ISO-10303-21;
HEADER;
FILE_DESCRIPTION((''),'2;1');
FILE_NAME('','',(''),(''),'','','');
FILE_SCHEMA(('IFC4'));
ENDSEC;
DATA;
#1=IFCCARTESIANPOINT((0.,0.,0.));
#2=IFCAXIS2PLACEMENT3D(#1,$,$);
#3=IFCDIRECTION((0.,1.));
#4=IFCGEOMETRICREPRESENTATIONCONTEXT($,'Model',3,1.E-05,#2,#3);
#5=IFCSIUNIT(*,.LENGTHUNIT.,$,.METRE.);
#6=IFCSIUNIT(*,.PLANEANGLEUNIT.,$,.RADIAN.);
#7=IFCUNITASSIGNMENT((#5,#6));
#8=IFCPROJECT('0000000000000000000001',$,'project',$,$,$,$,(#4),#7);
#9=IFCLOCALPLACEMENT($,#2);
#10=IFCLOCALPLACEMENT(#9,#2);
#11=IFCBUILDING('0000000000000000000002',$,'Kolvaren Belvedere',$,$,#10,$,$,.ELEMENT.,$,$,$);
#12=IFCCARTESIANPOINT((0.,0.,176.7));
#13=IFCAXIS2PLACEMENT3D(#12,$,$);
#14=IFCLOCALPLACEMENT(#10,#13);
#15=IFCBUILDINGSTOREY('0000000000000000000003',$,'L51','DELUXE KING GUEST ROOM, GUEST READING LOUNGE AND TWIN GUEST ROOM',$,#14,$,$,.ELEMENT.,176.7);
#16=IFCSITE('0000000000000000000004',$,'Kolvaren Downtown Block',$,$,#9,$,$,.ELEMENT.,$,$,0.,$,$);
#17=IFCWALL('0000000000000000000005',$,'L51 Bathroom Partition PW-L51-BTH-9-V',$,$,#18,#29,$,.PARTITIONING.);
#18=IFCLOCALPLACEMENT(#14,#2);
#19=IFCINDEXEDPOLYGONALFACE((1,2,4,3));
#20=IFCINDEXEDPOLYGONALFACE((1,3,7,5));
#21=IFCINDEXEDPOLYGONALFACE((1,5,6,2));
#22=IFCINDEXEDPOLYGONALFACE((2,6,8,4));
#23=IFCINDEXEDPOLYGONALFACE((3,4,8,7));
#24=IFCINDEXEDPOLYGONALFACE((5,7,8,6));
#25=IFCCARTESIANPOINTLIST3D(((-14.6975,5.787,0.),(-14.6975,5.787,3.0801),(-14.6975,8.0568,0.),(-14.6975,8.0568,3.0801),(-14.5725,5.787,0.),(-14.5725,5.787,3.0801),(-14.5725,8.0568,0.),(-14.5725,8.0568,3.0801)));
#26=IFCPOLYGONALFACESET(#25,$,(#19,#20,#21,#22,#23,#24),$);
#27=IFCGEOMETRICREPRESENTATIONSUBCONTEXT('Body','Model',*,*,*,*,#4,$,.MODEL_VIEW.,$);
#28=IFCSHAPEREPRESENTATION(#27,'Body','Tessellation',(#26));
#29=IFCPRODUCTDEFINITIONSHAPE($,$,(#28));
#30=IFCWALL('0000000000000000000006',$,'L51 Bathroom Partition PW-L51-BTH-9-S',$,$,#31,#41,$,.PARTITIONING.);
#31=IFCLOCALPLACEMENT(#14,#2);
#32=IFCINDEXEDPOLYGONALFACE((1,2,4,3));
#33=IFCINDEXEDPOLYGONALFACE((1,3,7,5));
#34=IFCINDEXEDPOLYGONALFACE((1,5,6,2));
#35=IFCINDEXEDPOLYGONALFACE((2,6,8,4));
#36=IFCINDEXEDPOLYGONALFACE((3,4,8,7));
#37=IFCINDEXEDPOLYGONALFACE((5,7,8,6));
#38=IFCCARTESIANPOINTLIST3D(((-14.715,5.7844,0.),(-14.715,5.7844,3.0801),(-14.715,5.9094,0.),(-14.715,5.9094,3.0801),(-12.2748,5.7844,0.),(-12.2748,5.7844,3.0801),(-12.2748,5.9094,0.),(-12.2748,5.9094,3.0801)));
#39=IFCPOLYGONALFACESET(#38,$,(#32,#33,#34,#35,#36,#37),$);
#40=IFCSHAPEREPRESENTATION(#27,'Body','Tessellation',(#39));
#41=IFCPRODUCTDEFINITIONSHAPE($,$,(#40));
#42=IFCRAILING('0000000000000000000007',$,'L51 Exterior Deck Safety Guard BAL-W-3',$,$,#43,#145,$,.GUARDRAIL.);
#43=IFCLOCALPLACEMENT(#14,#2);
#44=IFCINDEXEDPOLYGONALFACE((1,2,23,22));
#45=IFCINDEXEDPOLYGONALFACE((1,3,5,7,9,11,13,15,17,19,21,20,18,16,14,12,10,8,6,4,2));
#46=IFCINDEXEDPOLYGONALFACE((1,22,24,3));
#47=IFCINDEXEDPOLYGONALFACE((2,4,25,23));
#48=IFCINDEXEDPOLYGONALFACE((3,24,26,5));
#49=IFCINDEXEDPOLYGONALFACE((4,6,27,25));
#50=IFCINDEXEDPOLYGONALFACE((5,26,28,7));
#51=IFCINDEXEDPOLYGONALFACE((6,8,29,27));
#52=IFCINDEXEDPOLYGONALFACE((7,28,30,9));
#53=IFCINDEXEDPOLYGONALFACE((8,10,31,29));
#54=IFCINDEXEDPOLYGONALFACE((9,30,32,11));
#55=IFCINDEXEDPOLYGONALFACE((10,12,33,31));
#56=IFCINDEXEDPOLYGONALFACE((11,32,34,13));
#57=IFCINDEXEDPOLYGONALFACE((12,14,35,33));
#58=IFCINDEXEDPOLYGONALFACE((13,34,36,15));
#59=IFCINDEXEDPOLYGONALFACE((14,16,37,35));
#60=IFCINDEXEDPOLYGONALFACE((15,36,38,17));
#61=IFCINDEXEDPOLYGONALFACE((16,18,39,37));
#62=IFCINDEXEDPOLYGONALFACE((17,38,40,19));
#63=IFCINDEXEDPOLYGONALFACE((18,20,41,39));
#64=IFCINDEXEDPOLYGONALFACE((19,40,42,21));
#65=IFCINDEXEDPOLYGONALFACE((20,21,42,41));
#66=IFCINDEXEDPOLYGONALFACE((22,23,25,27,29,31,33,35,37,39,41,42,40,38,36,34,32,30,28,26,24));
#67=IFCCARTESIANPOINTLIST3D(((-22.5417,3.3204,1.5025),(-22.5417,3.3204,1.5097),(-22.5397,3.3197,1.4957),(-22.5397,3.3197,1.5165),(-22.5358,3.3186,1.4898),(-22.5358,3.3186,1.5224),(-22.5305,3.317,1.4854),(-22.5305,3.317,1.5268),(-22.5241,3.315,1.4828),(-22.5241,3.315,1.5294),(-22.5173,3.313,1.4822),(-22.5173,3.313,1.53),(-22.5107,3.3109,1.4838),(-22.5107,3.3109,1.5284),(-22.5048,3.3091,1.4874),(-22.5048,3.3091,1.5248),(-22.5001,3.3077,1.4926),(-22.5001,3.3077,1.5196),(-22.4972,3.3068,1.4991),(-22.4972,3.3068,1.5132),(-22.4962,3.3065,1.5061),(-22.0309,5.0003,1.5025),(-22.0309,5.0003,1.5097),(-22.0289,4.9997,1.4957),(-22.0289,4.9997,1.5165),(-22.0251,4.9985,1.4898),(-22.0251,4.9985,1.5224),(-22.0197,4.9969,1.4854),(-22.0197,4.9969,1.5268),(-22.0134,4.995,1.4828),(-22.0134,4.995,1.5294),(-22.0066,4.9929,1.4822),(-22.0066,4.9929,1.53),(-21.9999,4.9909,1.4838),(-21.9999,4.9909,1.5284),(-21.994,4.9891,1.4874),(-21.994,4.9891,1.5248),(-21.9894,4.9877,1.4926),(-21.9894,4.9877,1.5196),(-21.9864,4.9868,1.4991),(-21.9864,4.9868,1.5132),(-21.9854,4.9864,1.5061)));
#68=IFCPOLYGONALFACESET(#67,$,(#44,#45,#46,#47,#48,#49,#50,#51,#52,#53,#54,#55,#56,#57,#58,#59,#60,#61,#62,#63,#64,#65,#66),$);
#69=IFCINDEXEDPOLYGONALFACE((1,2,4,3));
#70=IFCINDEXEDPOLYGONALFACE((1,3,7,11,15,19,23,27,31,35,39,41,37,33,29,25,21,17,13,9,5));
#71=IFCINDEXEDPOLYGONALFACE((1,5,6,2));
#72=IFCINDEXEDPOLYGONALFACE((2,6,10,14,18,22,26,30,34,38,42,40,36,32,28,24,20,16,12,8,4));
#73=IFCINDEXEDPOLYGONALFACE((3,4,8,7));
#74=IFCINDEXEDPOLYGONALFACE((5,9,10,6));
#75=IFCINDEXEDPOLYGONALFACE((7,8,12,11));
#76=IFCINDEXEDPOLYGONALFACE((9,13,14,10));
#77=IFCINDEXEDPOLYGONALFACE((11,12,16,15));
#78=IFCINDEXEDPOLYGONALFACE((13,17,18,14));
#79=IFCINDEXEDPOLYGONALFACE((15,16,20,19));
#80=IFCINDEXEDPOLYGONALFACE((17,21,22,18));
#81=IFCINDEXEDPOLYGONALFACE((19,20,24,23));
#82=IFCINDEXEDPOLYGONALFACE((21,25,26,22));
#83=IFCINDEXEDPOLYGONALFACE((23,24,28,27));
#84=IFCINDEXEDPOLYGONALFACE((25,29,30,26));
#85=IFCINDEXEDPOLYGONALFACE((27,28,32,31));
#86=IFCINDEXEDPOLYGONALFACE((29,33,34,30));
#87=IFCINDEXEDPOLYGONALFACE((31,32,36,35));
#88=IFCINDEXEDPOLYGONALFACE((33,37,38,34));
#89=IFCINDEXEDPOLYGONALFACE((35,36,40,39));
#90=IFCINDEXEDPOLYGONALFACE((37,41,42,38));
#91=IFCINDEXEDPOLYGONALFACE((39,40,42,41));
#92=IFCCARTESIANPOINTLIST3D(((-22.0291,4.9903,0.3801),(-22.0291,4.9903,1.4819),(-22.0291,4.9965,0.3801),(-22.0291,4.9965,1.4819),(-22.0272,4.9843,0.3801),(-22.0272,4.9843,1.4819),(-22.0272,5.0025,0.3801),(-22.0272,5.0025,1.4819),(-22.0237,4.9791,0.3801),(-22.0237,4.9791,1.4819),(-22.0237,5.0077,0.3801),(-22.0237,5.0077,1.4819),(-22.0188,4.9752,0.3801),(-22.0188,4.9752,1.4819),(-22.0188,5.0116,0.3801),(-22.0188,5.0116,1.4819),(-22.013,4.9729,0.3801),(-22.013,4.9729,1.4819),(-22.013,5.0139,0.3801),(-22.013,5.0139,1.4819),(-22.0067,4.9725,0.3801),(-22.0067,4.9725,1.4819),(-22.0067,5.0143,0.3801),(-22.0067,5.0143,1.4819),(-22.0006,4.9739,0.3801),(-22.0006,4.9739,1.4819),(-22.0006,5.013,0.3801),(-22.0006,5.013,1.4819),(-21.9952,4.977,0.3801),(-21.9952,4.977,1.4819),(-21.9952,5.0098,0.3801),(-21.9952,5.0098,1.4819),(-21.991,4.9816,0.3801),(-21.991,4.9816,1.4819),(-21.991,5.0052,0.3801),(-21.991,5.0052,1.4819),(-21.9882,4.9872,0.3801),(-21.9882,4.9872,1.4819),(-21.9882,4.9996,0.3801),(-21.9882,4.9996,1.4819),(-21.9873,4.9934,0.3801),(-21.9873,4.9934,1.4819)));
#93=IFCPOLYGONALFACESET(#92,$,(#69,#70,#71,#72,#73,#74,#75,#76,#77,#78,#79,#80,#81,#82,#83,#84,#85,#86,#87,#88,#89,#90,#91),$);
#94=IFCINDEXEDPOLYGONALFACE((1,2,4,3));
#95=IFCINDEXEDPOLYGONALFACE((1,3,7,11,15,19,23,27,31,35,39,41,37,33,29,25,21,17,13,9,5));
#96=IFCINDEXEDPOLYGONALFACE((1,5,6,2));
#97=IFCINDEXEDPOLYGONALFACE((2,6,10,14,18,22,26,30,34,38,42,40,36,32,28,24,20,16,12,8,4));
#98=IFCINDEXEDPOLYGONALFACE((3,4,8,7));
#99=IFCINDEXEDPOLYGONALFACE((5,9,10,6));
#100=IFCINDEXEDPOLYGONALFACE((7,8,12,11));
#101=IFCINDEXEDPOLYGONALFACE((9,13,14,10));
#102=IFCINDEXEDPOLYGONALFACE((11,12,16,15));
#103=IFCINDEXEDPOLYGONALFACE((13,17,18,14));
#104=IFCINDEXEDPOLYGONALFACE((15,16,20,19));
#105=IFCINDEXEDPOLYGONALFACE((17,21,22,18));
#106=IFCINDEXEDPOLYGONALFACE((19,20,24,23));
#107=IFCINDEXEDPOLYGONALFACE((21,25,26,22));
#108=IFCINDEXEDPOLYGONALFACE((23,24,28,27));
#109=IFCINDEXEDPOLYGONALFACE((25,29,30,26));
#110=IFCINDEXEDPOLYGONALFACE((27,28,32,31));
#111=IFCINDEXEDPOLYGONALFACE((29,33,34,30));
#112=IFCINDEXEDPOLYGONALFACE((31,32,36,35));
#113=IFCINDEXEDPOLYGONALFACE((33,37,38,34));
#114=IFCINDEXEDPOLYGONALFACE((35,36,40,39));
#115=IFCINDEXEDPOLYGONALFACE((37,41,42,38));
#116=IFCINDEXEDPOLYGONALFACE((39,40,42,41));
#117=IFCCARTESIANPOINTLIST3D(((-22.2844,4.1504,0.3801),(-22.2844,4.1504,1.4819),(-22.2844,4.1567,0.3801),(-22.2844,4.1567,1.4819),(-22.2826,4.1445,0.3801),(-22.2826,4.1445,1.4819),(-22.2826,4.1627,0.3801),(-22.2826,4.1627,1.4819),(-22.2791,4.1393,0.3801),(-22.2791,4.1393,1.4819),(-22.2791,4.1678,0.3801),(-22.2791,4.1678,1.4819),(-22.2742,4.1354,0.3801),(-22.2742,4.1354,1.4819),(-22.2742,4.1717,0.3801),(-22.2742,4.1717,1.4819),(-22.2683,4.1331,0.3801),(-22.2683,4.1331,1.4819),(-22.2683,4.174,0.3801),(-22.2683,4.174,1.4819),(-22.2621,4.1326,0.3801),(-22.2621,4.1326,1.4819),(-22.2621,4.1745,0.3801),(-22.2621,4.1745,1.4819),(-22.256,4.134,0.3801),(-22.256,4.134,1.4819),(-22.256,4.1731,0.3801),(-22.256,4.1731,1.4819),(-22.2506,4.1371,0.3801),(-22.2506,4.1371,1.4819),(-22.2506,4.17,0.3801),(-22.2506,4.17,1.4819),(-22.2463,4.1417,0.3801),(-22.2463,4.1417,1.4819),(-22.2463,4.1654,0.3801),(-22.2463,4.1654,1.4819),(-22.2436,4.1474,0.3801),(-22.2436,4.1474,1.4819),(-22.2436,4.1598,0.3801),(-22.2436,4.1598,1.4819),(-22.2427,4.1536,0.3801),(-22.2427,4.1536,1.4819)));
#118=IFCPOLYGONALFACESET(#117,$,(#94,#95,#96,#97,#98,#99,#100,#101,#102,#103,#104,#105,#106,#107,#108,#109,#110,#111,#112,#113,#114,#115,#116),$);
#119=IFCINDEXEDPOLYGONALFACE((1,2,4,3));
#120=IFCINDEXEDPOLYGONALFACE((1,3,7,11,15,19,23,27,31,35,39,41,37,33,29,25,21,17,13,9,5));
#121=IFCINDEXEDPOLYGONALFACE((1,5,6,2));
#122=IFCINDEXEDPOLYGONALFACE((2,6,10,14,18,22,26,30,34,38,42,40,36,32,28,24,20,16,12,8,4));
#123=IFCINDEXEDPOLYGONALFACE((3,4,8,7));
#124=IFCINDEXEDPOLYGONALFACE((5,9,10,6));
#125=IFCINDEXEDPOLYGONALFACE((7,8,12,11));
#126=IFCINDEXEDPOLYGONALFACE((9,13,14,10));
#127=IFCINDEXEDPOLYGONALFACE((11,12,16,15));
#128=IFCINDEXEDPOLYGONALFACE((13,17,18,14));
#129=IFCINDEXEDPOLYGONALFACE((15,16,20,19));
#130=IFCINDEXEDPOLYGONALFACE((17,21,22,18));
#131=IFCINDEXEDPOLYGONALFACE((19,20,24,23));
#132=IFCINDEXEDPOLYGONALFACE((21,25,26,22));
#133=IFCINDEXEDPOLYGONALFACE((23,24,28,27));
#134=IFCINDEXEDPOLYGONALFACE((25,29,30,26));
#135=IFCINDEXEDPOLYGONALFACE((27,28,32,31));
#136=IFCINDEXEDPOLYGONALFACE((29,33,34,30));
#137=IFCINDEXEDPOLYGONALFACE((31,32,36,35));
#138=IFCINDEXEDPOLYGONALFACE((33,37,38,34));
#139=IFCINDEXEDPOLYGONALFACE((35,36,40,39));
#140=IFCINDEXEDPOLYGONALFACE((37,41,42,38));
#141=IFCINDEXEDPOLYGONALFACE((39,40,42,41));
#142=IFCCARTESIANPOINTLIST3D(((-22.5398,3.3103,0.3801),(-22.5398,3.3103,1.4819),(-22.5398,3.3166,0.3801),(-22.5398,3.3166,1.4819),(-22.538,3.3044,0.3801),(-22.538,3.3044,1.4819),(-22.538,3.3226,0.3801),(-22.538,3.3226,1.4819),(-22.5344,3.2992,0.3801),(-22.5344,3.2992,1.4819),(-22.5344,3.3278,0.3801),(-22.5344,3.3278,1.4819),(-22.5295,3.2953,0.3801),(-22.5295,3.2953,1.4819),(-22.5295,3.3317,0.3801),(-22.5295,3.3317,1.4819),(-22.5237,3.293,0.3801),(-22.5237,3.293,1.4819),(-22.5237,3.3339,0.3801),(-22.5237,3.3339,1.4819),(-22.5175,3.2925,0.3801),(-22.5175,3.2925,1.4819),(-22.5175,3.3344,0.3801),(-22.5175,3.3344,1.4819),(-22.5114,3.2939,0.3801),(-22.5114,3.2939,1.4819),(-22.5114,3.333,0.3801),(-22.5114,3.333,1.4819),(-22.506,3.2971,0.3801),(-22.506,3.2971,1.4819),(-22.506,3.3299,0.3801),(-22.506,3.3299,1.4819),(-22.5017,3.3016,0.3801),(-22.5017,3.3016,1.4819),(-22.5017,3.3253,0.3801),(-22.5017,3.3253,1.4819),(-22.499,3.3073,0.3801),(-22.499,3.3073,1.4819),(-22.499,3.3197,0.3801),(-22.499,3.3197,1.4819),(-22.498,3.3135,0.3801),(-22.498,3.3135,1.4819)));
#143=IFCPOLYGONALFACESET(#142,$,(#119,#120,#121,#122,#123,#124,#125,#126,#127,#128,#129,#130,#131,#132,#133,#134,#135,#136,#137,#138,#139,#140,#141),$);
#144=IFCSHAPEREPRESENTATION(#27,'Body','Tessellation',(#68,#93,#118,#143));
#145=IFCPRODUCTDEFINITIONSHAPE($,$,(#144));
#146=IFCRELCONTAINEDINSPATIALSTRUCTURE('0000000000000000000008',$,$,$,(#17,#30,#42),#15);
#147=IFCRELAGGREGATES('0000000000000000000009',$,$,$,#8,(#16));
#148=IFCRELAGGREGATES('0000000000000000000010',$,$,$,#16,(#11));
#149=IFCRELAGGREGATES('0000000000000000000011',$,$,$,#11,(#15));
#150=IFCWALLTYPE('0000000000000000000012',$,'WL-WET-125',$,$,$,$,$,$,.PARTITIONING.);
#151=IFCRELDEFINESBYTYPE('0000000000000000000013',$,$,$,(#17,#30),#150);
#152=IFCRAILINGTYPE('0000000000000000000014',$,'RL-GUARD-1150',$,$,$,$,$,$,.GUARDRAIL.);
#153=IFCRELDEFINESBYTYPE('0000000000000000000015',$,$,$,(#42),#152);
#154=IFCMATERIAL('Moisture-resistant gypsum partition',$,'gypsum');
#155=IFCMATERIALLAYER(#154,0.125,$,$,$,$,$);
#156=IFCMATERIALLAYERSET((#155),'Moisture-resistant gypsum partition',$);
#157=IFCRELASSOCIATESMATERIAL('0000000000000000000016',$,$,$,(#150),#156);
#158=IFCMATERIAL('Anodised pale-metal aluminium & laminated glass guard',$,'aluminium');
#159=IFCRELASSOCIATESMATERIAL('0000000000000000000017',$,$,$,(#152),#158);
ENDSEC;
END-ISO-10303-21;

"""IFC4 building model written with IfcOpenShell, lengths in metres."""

from ifc_helpers import new_model, si_unit, direction, frame, frame_2d, origin, origin_2d, place, context, subcontext, project, spatial, rectangle, circle, extrude, material, layer, layer_set, type_object, element, save


model = new_model("IFC4")

# Units and contexts
model_context = context("Model", 3, precision=1e-05, world=origin(), true_north=direction((0.0, 1.0)))
body_context = subcontext(model_context, "Body", "Model", "MODEL_VIEW")
ifc_project = project(units=[si_unit("LENGTHUNIT", "METRE"), si_unit("PLANEANGLEUNIT", "RADIAN")], contexts=[model_context])

# Site, building, storey
site_placement = place(None, origin())
site = spatial("IfcSite", under=ifc_project, at=site_placement, Name="Kolvaren Downtown Block", CompositionType="ELEMENT", RefElevation=0.0)
building_placement = place(site_placement, origin())
building = spatial("IfcBuilding", under=site, at=building_placement, Name="Kolvaren Belvedere", CompositionType="ELEMENT")
storey_placement = place(building_placement, frame((0.0, 0.0, 176.7)))
storey = spatial("IfcBuildingStorey", under=building, at=storey_placement, Name="L51", Description="DELUXE KING GUEST ROOM, GUEST READING LOUNGE AND TWIN GUEST ROOM", CompositionType="ELEMENT", Elevation=176.7)

# Walls
ifc_material_1 = material(Name="Moisture-resistant gypsum partition", Category="gypsum")
ifc_layer_1 = layer(ifc_material_1, 0.125)
ifc_layer_set_1 = layer_set([ifc_layer_1], Name="Moisture-resistant gypsum partition")
wall_type_1 = type_object("IfcWallType", Name="WL-WET-125", PredefinedType="PARTITIONING", material=ifc_layer_set_1)
wall_1_placement = place(storey_placement, frame((-14.635, 5.7871, 0.0), z_axis=(0.0, 0.0, 1.0), x_axis=(0.0, 1.0, 0.0)))
element("IfcWall", 1, at=wall_1_placement, inside=storey, type_object=wall_type_1, Name="L51 Bathroom Partition PW-L51-BTH-9-V", PredefinedType="PARTITIONING", context=body_context, shape_type="SweptSolid", body=[
    extrude(rectangle(XDim=2.2698, YDim=0.125, at=frame_2d((1.1348, 0.0))), origin(), (0.0, 0.0, 1.0), 3.0801),
])
wall_2_placement = place(storey_placement, frame((-14.7151, 5.8469, 0.0), z_axis=(0.0, 0.0, 1.0), x_axis=(1.0, 0.0, 0.0)))
element("IfcWall", 2, at=wall_2_placement, inside=storey, type_object=wall_type_1, Name="L51 Bathroom Partition PW-L51-BTH-9-S", PredefinedType="PARTITIONING", context=body_context, shape_type="SweptSolid", body=[
    extrude(rectangle(XDim=2.4402, YDim=0.125, at=frame_2d((1.2202, 0.0))), origin(), (0.0, 0.0, 1.0), 3.0801),
])

# Railing
ifc_material_2 = material(Name="Anodised pale-metal aluminium & laminated glass guard", Category="aluminium")
railing_type = type_object("IfcRailingType", Name="RL-GUARD-1150", PredefinedType="GUARDRAIL", material=ifc_material_2)
railing_1_placement = place(storey_placement, frame((-22.0083, 4.9934, 0.3801)))
element("IfcRailing", 3, at=railing_1_placement, inside=storey, type_object=railing_type, Name="L51 Exterior Deck Safety Guard BAL-W-3", PredefinedType="GUARDRAIL", context=body_context, shape_type="SweptSolid", body=[
    extrude(circle(Radius=0.0239, at=origin_2d()), frame((0.0, 0.0, 1.126), z_axis=(-0.290879, -0.95676, 0.0), x_axis=(0.95676, -0.290879, 0.0)), (0.0, 0.0, 1.0), 1.7559),
    extrude(circle(Radius=0.021, at=origin_2d()), origin(), (0.0, 0.0, 1.0), 1.1018),
    extrude(circle(Radius=0.021, at=origin_2d()), frame((-0.2554, -0.8398, 0.0)), (0.0, 0.0, 1.0), 1.1018),
    extrude(circle(Radius=0.021, at=origin_2d()), frame((-0.5107, -1.6799, 0.0)), (0.0, 0.0, 1.0), 1.1018),
])

save(model, "model.ifc")
